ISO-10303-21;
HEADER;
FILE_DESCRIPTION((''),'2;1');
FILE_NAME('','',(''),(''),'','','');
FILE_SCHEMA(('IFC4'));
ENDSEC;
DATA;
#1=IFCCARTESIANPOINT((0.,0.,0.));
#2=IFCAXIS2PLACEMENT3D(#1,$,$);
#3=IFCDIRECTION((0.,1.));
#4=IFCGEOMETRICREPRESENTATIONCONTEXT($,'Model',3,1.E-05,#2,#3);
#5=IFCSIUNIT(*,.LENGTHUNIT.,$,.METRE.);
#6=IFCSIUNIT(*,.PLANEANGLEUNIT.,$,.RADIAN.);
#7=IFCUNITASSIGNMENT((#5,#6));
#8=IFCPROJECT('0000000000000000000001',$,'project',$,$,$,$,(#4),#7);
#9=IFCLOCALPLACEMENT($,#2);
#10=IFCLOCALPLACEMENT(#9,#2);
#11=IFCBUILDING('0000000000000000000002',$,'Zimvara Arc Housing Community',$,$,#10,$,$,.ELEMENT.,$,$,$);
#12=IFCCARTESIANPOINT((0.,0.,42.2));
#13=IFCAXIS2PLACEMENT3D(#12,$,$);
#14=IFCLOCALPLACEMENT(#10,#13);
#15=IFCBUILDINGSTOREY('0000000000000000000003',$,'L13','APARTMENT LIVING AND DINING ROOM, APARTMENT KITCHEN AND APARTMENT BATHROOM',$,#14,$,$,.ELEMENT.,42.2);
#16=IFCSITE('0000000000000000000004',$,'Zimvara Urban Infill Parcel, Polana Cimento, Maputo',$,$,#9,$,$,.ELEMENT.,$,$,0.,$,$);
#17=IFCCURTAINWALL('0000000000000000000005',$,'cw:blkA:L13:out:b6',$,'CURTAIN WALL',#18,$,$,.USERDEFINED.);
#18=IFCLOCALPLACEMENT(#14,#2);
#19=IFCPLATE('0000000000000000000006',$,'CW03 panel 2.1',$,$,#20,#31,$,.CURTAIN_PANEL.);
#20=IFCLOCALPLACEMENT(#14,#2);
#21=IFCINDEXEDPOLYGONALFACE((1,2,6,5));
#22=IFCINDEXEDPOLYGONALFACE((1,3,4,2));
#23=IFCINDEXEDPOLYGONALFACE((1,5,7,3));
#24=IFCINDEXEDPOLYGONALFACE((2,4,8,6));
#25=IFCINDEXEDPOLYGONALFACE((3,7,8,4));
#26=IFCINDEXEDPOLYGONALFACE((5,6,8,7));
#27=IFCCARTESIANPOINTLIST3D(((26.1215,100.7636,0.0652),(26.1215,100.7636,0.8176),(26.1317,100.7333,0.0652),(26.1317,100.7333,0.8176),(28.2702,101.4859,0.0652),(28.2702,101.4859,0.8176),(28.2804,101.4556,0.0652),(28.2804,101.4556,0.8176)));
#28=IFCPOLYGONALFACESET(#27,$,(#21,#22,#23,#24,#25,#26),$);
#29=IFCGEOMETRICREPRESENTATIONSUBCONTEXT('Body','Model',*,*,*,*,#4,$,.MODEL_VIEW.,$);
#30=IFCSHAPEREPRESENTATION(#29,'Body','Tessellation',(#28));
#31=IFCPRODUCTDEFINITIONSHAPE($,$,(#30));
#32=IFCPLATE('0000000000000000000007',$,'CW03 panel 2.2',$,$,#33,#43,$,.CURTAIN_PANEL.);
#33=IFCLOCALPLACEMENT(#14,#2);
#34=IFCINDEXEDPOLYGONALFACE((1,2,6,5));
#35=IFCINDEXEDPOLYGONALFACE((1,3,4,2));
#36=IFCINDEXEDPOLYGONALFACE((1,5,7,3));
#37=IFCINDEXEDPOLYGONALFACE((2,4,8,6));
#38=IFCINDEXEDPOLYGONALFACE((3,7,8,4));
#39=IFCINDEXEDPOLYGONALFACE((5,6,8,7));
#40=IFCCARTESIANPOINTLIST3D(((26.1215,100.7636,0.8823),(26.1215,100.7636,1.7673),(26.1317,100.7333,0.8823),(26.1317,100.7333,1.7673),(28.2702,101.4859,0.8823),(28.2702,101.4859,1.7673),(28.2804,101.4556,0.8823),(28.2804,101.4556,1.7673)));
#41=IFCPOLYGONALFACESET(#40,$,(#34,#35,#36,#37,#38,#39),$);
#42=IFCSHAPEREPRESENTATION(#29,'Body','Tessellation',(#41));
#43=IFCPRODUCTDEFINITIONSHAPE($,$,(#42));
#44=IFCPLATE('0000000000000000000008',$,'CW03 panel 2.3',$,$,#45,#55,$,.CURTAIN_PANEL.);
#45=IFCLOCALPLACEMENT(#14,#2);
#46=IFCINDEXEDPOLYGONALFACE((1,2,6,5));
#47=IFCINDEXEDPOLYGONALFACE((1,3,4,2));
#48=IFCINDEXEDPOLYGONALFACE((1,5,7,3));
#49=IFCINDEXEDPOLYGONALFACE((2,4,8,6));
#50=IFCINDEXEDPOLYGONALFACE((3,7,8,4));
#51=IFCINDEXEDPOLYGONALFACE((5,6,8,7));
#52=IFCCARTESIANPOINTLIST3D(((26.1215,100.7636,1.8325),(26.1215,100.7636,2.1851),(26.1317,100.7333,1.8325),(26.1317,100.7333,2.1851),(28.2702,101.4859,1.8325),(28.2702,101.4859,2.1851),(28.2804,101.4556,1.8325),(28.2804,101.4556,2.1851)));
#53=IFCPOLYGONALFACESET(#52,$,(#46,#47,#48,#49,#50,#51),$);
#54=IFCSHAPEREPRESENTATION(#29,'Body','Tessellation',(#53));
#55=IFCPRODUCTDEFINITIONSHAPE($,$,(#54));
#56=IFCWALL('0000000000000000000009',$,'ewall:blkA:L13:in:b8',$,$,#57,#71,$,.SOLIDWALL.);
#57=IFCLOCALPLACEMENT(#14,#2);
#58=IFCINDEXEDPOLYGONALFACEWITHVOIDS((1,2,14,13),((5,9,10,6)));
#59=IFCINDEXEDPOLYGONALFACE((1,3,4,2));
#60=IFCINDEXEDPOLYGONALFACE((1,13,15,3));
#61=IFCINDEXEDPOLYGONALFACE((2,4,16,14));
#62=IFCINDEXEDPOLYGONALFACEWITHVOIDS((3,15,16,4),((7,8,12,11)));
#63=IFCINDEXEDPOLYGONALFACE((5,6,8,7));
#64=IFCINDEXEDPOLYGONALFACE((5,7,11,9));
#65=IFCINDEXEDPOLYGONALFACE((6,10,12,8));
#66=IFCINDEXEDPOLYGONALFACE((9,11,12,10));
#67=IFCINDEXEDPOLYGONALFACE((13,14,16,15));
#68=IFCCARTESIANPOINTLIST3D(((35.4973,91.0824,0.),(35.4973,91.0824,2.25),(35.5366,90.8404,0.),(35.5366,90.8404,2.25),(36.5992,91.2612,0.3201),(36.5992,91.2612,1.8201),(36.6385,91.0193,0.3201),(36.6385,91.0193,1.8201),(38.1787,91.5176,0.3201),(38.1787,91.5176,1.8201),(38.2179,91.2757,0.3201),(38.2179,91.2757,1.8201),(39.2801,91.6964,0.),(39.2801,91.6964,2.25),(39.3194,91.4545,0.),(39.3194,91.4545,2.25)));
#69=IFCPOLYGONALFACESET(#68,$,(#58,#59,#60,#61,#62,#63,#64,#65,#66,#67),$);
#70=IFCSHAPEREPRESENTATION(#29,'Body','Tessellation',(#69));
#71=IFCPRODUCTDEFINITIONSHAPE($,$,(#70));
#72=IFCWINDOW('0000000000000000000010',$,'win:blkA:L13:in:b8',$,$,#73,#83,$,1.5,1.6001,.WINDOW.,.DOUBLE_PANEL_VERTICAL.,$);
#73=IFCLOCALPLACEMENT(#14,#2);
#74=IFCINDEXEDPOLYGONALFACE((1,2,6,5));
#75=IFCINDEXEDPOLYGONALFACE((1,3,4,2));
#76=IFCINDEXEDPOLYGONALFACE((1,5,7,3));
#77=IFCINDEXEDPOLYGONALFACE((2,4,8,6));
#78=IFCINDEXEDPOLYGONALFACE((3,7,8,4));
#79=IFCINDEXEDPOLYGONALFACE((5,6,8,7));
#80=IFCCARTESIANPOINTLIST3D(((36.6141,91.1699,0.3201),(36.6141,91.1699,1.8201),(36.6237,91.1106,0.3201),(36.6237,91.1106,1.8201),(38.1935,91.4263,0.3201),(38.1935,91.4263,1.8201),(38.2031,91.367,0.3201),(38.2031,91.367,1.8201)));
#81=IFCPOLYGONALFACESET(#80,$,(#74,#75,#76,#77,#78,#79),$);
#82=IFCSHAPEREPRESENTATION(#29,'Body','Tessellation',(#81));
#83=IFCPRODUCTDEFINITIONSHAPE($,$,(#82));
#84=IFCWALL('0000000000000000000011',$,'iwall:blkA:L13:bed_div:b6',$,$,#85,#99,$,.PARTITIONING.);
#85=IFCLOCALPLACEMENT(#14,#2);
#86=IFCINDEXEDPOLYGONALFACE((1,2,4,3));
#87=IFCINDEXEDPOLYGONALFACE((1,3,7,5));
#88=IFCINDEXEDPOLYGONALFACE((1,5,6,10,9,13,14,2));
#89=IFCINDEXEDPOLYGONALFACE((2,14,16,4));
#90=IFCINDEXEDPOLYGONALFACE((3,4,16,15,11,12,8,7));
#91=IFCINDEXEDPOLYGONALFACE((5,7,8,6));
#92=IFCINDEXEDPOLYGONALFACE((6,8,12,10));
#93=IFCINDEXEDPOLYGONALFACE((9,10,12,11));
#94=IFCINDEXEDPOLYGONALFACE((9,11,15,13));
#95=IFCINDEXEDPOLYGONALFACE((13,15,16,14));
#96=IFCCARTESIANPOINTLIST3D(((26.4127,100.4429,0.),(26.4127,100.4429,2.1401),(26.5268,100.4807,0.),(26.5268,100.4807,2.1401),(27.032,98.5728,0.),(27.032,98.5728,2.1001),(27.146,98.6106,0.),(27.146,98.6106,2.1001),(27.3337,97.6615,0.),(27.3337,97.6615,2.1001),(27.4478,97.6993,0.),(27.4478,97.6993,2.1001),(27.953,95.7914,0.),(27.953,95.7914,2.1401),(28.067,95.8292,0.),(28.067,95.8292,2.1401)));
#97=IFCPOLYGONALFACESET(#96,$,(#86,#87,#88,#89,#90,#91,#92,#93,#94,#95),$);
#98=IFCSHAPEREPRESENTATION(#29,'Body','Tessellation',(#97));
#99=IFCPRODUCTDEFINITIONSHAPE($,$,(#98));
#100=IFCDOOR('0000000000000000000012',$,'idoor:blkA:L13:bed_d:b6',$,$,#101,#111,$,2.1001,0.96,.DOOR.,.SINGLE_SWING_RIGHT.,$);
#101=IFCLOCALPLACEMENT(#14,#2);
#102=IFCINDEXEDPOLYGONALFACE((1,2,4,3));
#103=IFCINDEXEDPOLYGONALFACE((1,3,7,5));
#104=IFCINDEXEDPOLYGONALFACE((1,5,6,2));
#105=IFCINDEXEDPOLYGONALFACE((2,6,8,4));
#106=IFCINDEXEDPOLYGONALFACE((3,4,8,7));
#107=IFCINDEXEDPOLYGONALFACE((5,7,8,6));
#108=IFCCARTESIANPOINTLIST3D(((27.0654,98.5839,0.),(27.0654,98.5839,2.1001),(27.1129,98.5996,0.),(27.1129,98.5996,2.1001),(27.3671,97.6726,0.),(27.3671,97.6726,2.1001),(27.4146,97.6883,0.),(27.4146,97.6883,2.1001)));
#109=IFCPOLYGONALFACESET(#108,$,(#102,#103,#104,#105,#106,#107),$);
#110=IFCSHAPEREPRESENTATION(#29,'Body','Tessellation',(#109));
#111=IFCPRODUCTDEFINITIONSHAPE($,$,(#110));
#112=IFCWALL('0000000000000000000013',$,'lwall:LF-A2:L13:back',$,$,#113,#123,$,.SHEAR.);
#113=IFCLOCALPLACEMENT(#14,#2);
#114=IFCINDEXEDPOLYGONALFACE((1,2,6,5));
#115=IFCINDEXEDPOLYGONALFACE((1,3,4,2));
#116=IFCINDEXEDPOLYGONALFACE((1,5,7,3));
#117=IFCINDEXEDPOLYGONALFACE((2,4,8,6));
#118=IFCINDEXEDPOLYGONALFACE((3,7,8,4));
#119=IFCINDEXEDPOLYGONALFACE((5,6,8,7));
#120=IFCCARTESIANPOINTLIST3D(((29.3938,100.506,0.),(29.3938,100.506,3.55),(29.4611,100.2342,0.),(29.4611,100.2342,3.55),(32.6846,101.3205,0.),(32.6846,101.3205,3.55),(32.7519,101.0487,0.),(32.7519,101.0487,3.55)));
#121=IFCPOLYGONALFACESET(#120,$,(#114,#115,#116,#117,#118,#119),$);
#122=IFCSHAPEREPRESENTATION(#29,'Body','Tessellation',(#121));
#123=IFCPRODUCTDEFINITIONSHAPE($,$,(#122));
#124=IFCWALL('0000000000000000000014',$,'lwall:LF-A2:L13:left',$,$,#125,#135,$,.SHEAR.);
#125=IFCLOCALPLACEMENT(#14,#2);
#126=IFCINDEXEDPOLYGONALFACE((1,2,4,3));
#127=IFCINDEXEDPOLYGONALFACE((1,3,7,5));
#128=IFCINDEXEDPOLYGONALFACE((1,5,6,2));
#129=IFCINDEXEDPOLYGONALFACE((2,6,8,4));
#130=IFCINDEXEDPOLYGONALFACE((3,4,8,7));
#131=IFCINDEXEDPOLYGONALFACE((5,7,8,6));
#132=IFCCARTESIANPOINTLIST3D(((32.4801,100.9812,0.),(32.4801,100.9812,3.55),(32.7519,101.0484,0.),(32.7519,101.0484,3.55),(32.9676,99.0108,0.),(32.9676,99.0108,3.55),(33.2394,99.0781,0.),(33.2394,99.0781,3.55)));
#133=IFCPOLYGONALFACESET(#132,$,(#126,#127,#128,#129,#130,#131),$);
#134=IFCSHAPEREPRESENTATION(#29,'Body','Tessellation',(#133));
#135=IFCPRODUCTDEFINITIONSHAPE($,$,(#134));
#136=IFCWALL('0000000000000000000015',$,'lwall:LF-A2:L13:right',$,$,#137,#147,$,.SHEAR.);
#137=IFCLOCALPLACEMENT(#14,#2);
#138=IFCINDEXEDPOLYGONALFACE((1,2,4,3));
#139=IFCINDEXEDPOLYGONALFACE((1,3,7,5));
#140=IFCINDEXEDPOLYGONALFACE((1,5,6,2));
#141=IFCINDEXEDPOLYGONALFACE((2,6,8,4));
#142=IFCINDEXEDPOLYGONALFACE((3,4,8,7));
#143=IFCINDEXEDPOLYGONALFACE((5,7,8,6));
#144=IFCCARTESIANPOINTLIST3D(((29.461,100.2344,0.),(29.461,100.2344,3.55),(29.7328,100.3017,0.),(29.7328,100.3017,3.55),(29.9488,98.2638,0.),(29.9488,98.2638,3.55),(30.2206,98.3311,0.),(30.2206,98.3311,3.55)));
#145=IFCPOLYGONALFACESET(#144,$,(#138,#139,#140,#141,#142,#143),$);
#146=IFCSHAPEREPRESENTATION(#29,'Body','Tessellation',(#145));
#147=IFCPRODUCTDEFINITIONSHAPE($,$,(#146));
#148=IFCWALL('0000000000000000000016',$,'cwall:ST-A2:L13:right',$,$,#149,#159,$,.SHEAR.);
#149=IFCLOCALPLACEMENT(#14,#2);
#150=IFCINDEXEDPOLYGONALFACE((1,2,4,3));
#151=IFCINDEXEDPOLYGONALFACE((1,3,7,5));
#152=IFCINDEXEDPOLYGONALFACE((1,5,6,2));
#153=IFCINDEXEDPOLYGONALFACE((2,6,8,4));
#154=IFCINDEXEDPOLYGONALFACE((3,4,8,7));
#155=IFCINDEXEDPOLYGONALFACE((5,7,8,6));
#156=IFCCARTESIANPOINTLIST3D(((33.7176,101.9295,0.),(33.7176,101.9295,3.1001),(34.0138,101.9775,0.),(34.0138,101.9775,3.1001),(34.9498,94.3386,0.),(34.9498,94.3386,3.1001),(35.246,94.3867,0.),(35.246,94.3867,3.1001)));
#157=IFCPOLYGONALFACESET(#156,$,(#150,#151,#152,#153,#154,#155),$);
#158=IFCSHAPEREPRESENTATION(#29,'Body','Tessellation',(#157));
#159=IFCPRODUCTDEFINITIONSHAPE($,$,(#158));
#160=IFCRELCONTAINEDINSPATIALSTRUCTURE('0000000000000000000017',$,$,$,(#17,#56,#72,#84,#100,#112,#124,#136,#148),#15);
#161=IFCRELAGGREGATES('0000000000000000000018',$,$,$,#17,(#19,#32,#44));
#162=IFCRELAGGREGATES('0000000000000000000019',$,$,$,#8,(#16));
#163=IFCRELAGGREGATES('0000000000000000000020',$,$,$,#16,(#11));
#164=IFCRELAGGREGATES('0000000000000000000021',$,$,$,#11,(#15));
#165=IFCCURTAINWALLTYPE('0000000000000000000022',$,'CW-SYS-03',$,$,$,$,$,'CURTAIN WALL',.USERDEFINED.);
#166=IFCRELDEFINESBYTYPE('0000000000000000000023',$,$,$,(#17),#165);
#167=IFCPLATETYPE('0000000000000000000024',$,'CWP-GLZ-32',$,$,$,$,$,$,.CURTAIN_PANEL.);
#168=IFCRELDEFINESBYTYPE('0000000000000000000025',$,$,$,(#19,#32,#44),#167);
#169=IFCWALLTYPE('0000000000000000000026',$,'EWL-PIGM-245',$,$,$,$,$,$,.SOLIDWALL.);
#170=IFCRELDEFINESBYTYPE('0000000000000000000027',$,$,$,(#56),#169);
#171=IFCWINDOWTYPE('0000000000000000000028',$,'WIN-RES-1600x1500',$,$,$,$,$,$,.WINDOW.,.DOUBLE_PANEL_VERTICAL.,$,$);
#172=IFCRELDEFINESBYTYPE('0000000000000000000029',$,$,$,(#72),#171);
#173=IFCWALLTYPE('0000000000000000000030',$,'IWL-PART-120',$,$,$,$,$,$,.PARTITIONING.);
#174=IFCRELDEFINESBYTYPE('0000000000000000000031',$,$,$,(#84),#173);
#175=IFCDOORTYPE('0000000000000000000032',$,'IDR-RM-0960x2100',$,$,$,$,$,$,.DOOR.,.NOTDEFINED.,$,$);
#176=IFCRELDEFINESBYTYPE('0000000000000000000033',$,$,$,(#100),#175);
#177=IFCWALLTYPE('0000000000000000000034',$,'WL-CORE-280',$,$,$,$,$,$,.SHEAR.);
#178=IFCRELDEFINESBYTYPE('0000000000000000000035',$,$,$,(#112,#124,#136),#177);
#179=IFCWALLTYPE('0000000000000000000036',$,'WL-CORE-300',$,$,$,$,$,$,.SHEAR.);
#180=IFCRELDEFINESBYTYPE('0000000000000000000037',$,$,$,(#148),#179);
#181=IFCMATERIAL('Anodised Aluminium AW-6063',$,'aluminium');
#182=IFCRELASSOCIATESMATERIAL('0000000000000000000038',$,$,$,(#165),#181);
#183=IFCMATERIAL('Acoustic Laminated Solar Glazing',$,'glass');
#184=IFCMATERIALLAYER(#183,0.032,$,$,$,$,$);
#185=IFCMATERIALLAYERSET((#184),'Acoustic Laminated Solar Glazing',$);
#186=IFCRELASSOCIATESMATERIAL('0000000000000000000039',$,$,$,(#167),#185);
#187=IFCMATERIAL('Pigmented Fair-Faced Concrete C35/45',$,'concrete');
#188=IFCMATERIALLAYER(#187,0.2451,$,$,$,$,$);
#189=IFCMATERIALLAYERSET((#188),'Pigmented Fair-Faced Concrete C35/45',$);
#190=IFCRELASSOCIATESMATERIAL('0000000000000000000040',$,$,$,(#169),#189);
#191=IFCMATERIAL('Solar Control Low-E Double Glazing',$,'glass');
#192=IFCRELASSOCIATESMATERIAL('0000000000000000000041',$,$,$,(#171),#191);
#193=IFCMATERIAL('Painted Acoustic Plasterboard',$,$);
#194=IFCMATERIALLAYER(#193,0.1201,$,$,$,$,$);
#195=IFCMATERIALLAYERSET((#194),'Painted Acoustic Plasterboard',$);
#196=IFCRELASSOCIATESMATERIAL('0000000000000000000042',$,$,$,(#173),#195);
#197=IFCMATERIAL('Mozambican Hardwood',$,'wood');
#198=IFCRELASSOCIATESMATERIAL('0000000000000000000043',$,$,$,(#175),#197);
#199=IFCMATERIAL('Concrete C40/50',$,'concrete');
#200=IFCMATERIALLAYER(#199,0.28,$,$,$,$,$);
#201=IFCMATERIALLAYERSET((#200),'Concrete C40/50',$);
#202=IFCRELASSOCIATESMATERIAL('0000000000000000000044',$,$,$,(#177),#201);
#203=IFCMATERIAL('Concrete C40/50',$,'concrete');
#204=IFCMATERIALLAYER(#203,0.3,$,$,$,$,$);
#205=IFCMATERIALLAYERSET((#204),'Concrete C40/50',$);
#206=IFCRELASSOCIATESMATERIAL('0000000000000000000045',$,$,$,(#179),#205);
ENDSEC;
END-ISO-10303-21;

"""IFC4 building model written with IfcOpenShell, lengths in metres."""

from ifc_helpers import new_model, si_unit, direction, frame, frame_2d, origin, origin_2d, place, context, subcontext, project, spatial, rectangle, extrude, material, layer, layer_set, type_object, element, fill, aggregate, save


model = new_model("IFC4")

# Units and contexts
model_context = context("Model", 3, precision=1e-05, world=origin(), true_north=direction((0.0, 1.0)))
body_context = subcontext(model_context, "Body", "Model", "MODEL_VIEW")
ifc_project = project(units=[si_unit("LENGTHUNIT", "METRE"), si_unit("PLANEANGLEUNIT", "RADIAN")], contexts=[model_context])

# Site, building, storey
site_placement = place(None, origin())
site = spatial("IfcSite", under=ifc_project, at=site_placement, Name="Zimvara Urban Infill Parcel, Polana Cimento, Maputo", CompositionType="ELEMENT", RefElevation=0.0)
building_placement = place(site_placement, origin())
building = spatial("IfcBuilding", under=site, at=building_placement, Name="Zimvara Arc Housing Community", CompositionType="ELEMENT")
storey_placement = place(building_placement, frame((0.0, 0.0, 42.2)))
storey = spatial("IfcBuildingStorey", under=building, at=storey_placement, Name="L13", Description="APARTMENT LIVING AND DINING ROOM, APARTMENT KITCHEN AND APARTMENT BATHROOM", CompositionType="ELEMENT", Elevation=42.2)

# Curtain wall
ifc_material_1 = material(Name="Anodised Aluminium AW-6063", Category="aluminium")
curtain_wall_type_1 = type_object("IfcCurtainWallType", Name="CW-SYS-03", ElementType="CURTAIN WALL", PredefinedType="USERDEFINED", material=ifc_material_1)
curtain_wall_1_placement = place(storey_placement, origin())
curtain_wall_1 = element("IfcCurtainWall", 1, at=curtain_wall_1_placement, inside=storey, type_object=curtain_wall_type_1, Name="cw:blkA:L13:out:b6", ObjectType="CURTAIN WALL", PredefinedType="USERDEFINED")

# Plates
ifc_material_2 = material(Name="Acoustic Laminated Solar Glazing", Category="glass")
ifc_layer_1 = layer(ifc_material_2, 0.032)
ifc_layer_set_1 = layer_set([ifc_layer_1], Name="Acoustic Laminated Solar Glazing")
plate_type = type_object("IfcPlateType", Name="CWP-GLZ-32", PredefinedType="CURTAIN_PANEL", material=ifc_layer_set_1)
plate_1_placement = place(storey_placement, frame((27.2009, 101.1096, 0.0652), z_axis=(0.0, 0.0, 1.0), x_axis=(0.94788, 0.318629, 0.0)))
plate_1 = element("IfcPlate", 2, at=plate_1_placement, type_object=plate_type, Name="CW03 panel 2.1", PredefinedType="CURTAIN_PANEL", context=body_context, shape_type="SweptSolid", body=[
    extrude(rectangle(XDim=2.2668, YDim=0.032, at=origin_2d()), origin(), (0.0, 0.0, 1.0), 0.7524),
])
plate_2_placement = place(storey_placement, frame((27.2009, 101.1096, 0.8823), z_axis=(0.0, 0.0, 1.0), x_axis=(0.94788, 0.318629, 0.0)))
plate_2 = element("IfcPlate", 3, at=plate_2_placement, type_object=plate_type, Name="CW03 panel 2.2", PredefinedType="CURTAIN_PANEL", context=body_context, shape_type="SweptSolid", body=[
    extrude(rectangle(XDim=2.2668, YDim=0.032, at=origin_2d()), origin(), (0.0, 0.0, 1.0), 0.885),
])
plate_3_placement = place(storey_placement, frame((27.2009, 101.1096, 1.8325), z_axis=(0.0, 0.0, 1.0), x_axis=(0.94788, 0.318629, 0.0)))
plate_3 = element("IfcPlate", 4, at=plate_3_placement, type_object=plate_type, Name="CW03 panel 2.3", PredefinedType="CURTAIN_PANEL", context=body_context, shape_type="SweptSolid", body=[
    extrude(rectangle(XDim=2.2668, YDim=0.032, at=origin_2d()), origin(), (0.0, 0.0, 1.0), 0.3525),
])
aggregate(curtain_wall_1, [plate_1, plate_2, plate_3])

# Wall, opening, window
ifc_material_3 = material(Name="Pigmented Fair-Faced Concrete C35/45", Category="concrete")
ifc_layer_2 = layer(ifc_material_3, 0.2451)
ifc_layer_set_2 = layer_set([ifc_layer_2], Name="Pigmented Fair-Faced Concrete C35/45")
wall_type_1 = type_object("IfcWallType", Name="EWL-PIGM-245", PredefinedType="SOLIDWALL", material=ifc_layer_set_2)
wall_1_placement = place(storey_placement, frame((35.5171, 90.9614, 0.0), z_axis=(0.0, 0.0, 1.0), x_axis=(0.987081, 0.160224, 0.0)))
wall_1 = element("IfcWall", 5, at=wall_1_placement, inside=storey, type_object=wall_type_1, Name="ewall:blkA:L13:in:b8", PredefinedType="SOLIDWALL", context=body_context, shape_type="SweptSolid", body=[
    extrude(rectangle(XDim=3.8323, YDim=0.2451, at=frame_2d((1.916, 0.0))), origin(), (0.0, 0.0, 1.0), 2.25),
])
opening_1_placement = place(wall_1_placement, frame((1.1162, 0.0, 0.3201)))
opening_1 = element("IfcOpeningElement", 6, at=opening_1_placement, cuts=wall_1, PredefinedType="OPENING", context=body_context, shape_type="SweptSolid", body=[
    extrude(rectangle(XDim=1.6001, YDim=1.5, at=frame_2d((0.8, 0.75))), frame((0.0, 0.1326, 0.0), z_axis=(0.0, -1.0, 0.0), x_axis=(1.0, 0.0, 0.0)), (0.0, 0.0, 1.0), 0.2651),
])
ifc_material_4 = material(Name="Solar Control Low-E Double Glazing", Category="glass")
window_type = type_object("IfcWindowType", Name="WIN-RES-1600x1500", PartitioningType="DOUBLE_PANEL_VERTICAL", PredefinedType="WINDOW", material=ifc_material_4)
window_placement = place(opening_1_placement, origin())
window = element("IfcWindow", 7, at=window_placement, inside=storey, type_object=window_type, Name="win:blkA:L13:in:b8", OverallHeight=1.5, OverallWidth=1.6001, PartitioningType="DOUBLE_PANEL_VERTICAL", PredefinedType="WINDOW", context=body_context, shape_type="SweptSolid", body=[
    extrude(rectangle(XDim=1.6001, YDim=1.5, at=frame_2d((0.8, 0.75))), frame((0.0, 0.03, 0.0), z_axis=(0.0, -1.0, 0.0), x_axis=(1.0, 0.0, 0.0)), (0.0, 0.0, 1.0), 0.0601),
])
fill(opening_1, window)

# Wall, opening, door
ifc_material_5 = material(Name="Painted Acoustic Plasterboard")
ifc_layer_3 = layer(ifc_material_5, 0.1201)
ifc_layer_set_3 = layer_set([ifc_layer_3], Name="Painted Acoustic Plasterboard")
wall_type_2 = type_object("IfcWallType", Name="IWL-PART-120", PredefinedType="PARTITIONING", material=ifc_layer_set_3)
wall_2_placement = place(storey_placement, frame((28.01, 95.8103, 0.0), z_axis=(0.0, 0.0, 1.0), x_axis=(-0.314344, 0.949309, 0.0)))
wall_2 = element("IfcWall", 8, at=wall_2_placement, inside=storey, type_object=wall_type_2, Name="iwall:blkA:L13:bed_div:b6", PredefinedType="PARTITIONING", context=body_context, shape_type="SweptSolid", body=[
    extrude(rectangle(XDim=4.8999, YDim=0.1201, at=frame_2d((2.45, 0.0))), origin(), (0.0, 0.0, 1.0), 2.1401),
])
opening_2_placement = place(wall_2_placement, frame((1.97, 0.0, 0.0)))
opening_2 = element("IfcOpeningElement", 9, at=opening_2_placement, cuts=wall_2, PredefinedType="OPENING", context=body_context, shape_type="SweptSolid", body=[
    extrude(rectangle(XDim=0.96, YDim=2.1001, at=frame_2d((0.48, 1.05))), frame((0.0, 0.0701, 0.0), z_axis=(0.0, -1.0, 0.0), x_axis=(1.0, 0.0, 0.0)), (0.0, 0.0, 1.0), 0.1401),
])
ifc_material_6 = material(Name="Mozambican Hardwood", Category="wood")
door_type_1 = type_object("IfcDoorType", Name="IDR-RM-0960x2100", OperationType="NOTDEFINED", PredefinedType="DOOR", material=ifc_material_6)
door_1_placement = place(opening_2_placement, origin())
door_1 = element("IfcDoor", 10, at=door_1_placement, inside=storey, type_object=door_type_1, Name="idoor:blkA:L13:bed_d:b6", OperationType="SINGLE_SWING_RIGHT", OverallHeight=2.1001, OverallWidth=0.96, PredefinedType="DOOR", context=body_context, shape_type="SweptSolid", body=[
    extrude(rectangle(XDim=0.96, YDim=2.1001, at=frame_2d((0.48, 1.05))), frame((0.0, 0.0249, 0.0), z_axis=(0.0, -1.0, 0.0), x_axis=(1.0, 0.0, 0.0)), (0.0, 0.0, 1.0), 0.05),
])
fill(opening_2, door_1)
ifc_material_7 = material(Name="Concrete C40/50", Category="concrete")
ifc_layer_4 = layer(ifc_material_7, 0.28)
ifc_layer_set_4 = layer_set([ifc_layer_4], Name="Concrete C40/50")
wall_type_3 = type_object("IfcWallType", Name="WL-CORE-280", PredefinedType="SHEAR", material=ifc_layer_set_4)

# Walls
wall_3_placement = place(storey_placement, frame((32.7183, 101.1846, 0.0), z_axis=(0.0, 0.0, 1.0), x_axis=(-0.970712, -0.240247, 0.0)))
element("IfcWall", 11, at=wall_3_placement, inside=storey, type_object=wall_type_3, Name="lwall:LF-A2:L13:back", PredefinedType="SHEAR", context=body_context, shape_type="SweptSolid", body=[
    extrude(rectangle(XDim=3.3901, YDim=0.28, at=frame_2d((1.6951, 0.0))), origin(), (0.0, 0.0, 1.0), 3.55),
])
wall_4_placement = place(storey_placement, frame((33.1035, 99.0444, 0.0), z_axis=(0.0, 0.0, 1.0), x_axis=(-0.240186, 0.970727, 0.0)))
element("IfcWall", 12, at=wall_4_placement, inside=storey, type_object=wall_type_3, Name="lwall:LF-A2:L13:left", PredefinedType="SHEAR", context=body_context, shape_type="SweptSolid", body=[
    extrude(rectangle(XDim=2.0298, YDim=0.28, at=frame_2d((1.0149, 0.0))), origin(), (0.0, 0.0, 1.0), 3.55),
])
wall_5_placement = place(storey_placement, frame((30.0847, 98.2974, 0.0), z_axis=(0.0, 0.0, 1.0), x_axis=(-0.240299, 0.970699, 0.0)))
element("IfcWall", 13, at=wall_5_placement, inside=storey, type_object=wall_type_3, Name="lwall:LF-A2:L13:right", PredefinedType="SHEAR", context=body_context, shape_type="SweptSolid", body=[
    extrude(rectangle(XDim=2.03, YDim=0.28, at=frame_2d((1.0151, 0.0))), origin(), (0.0, 0.0, 1.0), 3.55),
])
ifc_material_8 = material(Name="Concrete C40/50", Category="concrete")
ifc_layer_5 = layer(ifc_material_8, 0.3)
ifc_layer_set_5 = layer_set([ifc_layer_5], Name="Concrete C40/50")
wall_type_4 = type_object("IfcWallType", Name="WL-CORE-300", PredefinedType="SHEAR", material=ifc_layer_set_5)
wall_6_placement = place(storey_placement, frame((35.0979, 94.3625, 0.0), z_axis=(0.0, 0.0, 1.0), x_axis=(-0.160227, 0.98708, 0.0)))
element("IfcWall", 14, at=wall_6_placement, inside=storey, type_object=wall_type_4, Name="cwall:ST-A2:L13:right", PredefinedType="SHEAR", context=body_context, shape_type="SweptSolid", body=[
    extrude(rectangle(XDim=7.6902, YDim=0.3, at=frame_2d((3.8452, 0.0))), origin(), (0.0, 0.0, 1.0), 3.1001),
])

save(model, "model.ifc")
